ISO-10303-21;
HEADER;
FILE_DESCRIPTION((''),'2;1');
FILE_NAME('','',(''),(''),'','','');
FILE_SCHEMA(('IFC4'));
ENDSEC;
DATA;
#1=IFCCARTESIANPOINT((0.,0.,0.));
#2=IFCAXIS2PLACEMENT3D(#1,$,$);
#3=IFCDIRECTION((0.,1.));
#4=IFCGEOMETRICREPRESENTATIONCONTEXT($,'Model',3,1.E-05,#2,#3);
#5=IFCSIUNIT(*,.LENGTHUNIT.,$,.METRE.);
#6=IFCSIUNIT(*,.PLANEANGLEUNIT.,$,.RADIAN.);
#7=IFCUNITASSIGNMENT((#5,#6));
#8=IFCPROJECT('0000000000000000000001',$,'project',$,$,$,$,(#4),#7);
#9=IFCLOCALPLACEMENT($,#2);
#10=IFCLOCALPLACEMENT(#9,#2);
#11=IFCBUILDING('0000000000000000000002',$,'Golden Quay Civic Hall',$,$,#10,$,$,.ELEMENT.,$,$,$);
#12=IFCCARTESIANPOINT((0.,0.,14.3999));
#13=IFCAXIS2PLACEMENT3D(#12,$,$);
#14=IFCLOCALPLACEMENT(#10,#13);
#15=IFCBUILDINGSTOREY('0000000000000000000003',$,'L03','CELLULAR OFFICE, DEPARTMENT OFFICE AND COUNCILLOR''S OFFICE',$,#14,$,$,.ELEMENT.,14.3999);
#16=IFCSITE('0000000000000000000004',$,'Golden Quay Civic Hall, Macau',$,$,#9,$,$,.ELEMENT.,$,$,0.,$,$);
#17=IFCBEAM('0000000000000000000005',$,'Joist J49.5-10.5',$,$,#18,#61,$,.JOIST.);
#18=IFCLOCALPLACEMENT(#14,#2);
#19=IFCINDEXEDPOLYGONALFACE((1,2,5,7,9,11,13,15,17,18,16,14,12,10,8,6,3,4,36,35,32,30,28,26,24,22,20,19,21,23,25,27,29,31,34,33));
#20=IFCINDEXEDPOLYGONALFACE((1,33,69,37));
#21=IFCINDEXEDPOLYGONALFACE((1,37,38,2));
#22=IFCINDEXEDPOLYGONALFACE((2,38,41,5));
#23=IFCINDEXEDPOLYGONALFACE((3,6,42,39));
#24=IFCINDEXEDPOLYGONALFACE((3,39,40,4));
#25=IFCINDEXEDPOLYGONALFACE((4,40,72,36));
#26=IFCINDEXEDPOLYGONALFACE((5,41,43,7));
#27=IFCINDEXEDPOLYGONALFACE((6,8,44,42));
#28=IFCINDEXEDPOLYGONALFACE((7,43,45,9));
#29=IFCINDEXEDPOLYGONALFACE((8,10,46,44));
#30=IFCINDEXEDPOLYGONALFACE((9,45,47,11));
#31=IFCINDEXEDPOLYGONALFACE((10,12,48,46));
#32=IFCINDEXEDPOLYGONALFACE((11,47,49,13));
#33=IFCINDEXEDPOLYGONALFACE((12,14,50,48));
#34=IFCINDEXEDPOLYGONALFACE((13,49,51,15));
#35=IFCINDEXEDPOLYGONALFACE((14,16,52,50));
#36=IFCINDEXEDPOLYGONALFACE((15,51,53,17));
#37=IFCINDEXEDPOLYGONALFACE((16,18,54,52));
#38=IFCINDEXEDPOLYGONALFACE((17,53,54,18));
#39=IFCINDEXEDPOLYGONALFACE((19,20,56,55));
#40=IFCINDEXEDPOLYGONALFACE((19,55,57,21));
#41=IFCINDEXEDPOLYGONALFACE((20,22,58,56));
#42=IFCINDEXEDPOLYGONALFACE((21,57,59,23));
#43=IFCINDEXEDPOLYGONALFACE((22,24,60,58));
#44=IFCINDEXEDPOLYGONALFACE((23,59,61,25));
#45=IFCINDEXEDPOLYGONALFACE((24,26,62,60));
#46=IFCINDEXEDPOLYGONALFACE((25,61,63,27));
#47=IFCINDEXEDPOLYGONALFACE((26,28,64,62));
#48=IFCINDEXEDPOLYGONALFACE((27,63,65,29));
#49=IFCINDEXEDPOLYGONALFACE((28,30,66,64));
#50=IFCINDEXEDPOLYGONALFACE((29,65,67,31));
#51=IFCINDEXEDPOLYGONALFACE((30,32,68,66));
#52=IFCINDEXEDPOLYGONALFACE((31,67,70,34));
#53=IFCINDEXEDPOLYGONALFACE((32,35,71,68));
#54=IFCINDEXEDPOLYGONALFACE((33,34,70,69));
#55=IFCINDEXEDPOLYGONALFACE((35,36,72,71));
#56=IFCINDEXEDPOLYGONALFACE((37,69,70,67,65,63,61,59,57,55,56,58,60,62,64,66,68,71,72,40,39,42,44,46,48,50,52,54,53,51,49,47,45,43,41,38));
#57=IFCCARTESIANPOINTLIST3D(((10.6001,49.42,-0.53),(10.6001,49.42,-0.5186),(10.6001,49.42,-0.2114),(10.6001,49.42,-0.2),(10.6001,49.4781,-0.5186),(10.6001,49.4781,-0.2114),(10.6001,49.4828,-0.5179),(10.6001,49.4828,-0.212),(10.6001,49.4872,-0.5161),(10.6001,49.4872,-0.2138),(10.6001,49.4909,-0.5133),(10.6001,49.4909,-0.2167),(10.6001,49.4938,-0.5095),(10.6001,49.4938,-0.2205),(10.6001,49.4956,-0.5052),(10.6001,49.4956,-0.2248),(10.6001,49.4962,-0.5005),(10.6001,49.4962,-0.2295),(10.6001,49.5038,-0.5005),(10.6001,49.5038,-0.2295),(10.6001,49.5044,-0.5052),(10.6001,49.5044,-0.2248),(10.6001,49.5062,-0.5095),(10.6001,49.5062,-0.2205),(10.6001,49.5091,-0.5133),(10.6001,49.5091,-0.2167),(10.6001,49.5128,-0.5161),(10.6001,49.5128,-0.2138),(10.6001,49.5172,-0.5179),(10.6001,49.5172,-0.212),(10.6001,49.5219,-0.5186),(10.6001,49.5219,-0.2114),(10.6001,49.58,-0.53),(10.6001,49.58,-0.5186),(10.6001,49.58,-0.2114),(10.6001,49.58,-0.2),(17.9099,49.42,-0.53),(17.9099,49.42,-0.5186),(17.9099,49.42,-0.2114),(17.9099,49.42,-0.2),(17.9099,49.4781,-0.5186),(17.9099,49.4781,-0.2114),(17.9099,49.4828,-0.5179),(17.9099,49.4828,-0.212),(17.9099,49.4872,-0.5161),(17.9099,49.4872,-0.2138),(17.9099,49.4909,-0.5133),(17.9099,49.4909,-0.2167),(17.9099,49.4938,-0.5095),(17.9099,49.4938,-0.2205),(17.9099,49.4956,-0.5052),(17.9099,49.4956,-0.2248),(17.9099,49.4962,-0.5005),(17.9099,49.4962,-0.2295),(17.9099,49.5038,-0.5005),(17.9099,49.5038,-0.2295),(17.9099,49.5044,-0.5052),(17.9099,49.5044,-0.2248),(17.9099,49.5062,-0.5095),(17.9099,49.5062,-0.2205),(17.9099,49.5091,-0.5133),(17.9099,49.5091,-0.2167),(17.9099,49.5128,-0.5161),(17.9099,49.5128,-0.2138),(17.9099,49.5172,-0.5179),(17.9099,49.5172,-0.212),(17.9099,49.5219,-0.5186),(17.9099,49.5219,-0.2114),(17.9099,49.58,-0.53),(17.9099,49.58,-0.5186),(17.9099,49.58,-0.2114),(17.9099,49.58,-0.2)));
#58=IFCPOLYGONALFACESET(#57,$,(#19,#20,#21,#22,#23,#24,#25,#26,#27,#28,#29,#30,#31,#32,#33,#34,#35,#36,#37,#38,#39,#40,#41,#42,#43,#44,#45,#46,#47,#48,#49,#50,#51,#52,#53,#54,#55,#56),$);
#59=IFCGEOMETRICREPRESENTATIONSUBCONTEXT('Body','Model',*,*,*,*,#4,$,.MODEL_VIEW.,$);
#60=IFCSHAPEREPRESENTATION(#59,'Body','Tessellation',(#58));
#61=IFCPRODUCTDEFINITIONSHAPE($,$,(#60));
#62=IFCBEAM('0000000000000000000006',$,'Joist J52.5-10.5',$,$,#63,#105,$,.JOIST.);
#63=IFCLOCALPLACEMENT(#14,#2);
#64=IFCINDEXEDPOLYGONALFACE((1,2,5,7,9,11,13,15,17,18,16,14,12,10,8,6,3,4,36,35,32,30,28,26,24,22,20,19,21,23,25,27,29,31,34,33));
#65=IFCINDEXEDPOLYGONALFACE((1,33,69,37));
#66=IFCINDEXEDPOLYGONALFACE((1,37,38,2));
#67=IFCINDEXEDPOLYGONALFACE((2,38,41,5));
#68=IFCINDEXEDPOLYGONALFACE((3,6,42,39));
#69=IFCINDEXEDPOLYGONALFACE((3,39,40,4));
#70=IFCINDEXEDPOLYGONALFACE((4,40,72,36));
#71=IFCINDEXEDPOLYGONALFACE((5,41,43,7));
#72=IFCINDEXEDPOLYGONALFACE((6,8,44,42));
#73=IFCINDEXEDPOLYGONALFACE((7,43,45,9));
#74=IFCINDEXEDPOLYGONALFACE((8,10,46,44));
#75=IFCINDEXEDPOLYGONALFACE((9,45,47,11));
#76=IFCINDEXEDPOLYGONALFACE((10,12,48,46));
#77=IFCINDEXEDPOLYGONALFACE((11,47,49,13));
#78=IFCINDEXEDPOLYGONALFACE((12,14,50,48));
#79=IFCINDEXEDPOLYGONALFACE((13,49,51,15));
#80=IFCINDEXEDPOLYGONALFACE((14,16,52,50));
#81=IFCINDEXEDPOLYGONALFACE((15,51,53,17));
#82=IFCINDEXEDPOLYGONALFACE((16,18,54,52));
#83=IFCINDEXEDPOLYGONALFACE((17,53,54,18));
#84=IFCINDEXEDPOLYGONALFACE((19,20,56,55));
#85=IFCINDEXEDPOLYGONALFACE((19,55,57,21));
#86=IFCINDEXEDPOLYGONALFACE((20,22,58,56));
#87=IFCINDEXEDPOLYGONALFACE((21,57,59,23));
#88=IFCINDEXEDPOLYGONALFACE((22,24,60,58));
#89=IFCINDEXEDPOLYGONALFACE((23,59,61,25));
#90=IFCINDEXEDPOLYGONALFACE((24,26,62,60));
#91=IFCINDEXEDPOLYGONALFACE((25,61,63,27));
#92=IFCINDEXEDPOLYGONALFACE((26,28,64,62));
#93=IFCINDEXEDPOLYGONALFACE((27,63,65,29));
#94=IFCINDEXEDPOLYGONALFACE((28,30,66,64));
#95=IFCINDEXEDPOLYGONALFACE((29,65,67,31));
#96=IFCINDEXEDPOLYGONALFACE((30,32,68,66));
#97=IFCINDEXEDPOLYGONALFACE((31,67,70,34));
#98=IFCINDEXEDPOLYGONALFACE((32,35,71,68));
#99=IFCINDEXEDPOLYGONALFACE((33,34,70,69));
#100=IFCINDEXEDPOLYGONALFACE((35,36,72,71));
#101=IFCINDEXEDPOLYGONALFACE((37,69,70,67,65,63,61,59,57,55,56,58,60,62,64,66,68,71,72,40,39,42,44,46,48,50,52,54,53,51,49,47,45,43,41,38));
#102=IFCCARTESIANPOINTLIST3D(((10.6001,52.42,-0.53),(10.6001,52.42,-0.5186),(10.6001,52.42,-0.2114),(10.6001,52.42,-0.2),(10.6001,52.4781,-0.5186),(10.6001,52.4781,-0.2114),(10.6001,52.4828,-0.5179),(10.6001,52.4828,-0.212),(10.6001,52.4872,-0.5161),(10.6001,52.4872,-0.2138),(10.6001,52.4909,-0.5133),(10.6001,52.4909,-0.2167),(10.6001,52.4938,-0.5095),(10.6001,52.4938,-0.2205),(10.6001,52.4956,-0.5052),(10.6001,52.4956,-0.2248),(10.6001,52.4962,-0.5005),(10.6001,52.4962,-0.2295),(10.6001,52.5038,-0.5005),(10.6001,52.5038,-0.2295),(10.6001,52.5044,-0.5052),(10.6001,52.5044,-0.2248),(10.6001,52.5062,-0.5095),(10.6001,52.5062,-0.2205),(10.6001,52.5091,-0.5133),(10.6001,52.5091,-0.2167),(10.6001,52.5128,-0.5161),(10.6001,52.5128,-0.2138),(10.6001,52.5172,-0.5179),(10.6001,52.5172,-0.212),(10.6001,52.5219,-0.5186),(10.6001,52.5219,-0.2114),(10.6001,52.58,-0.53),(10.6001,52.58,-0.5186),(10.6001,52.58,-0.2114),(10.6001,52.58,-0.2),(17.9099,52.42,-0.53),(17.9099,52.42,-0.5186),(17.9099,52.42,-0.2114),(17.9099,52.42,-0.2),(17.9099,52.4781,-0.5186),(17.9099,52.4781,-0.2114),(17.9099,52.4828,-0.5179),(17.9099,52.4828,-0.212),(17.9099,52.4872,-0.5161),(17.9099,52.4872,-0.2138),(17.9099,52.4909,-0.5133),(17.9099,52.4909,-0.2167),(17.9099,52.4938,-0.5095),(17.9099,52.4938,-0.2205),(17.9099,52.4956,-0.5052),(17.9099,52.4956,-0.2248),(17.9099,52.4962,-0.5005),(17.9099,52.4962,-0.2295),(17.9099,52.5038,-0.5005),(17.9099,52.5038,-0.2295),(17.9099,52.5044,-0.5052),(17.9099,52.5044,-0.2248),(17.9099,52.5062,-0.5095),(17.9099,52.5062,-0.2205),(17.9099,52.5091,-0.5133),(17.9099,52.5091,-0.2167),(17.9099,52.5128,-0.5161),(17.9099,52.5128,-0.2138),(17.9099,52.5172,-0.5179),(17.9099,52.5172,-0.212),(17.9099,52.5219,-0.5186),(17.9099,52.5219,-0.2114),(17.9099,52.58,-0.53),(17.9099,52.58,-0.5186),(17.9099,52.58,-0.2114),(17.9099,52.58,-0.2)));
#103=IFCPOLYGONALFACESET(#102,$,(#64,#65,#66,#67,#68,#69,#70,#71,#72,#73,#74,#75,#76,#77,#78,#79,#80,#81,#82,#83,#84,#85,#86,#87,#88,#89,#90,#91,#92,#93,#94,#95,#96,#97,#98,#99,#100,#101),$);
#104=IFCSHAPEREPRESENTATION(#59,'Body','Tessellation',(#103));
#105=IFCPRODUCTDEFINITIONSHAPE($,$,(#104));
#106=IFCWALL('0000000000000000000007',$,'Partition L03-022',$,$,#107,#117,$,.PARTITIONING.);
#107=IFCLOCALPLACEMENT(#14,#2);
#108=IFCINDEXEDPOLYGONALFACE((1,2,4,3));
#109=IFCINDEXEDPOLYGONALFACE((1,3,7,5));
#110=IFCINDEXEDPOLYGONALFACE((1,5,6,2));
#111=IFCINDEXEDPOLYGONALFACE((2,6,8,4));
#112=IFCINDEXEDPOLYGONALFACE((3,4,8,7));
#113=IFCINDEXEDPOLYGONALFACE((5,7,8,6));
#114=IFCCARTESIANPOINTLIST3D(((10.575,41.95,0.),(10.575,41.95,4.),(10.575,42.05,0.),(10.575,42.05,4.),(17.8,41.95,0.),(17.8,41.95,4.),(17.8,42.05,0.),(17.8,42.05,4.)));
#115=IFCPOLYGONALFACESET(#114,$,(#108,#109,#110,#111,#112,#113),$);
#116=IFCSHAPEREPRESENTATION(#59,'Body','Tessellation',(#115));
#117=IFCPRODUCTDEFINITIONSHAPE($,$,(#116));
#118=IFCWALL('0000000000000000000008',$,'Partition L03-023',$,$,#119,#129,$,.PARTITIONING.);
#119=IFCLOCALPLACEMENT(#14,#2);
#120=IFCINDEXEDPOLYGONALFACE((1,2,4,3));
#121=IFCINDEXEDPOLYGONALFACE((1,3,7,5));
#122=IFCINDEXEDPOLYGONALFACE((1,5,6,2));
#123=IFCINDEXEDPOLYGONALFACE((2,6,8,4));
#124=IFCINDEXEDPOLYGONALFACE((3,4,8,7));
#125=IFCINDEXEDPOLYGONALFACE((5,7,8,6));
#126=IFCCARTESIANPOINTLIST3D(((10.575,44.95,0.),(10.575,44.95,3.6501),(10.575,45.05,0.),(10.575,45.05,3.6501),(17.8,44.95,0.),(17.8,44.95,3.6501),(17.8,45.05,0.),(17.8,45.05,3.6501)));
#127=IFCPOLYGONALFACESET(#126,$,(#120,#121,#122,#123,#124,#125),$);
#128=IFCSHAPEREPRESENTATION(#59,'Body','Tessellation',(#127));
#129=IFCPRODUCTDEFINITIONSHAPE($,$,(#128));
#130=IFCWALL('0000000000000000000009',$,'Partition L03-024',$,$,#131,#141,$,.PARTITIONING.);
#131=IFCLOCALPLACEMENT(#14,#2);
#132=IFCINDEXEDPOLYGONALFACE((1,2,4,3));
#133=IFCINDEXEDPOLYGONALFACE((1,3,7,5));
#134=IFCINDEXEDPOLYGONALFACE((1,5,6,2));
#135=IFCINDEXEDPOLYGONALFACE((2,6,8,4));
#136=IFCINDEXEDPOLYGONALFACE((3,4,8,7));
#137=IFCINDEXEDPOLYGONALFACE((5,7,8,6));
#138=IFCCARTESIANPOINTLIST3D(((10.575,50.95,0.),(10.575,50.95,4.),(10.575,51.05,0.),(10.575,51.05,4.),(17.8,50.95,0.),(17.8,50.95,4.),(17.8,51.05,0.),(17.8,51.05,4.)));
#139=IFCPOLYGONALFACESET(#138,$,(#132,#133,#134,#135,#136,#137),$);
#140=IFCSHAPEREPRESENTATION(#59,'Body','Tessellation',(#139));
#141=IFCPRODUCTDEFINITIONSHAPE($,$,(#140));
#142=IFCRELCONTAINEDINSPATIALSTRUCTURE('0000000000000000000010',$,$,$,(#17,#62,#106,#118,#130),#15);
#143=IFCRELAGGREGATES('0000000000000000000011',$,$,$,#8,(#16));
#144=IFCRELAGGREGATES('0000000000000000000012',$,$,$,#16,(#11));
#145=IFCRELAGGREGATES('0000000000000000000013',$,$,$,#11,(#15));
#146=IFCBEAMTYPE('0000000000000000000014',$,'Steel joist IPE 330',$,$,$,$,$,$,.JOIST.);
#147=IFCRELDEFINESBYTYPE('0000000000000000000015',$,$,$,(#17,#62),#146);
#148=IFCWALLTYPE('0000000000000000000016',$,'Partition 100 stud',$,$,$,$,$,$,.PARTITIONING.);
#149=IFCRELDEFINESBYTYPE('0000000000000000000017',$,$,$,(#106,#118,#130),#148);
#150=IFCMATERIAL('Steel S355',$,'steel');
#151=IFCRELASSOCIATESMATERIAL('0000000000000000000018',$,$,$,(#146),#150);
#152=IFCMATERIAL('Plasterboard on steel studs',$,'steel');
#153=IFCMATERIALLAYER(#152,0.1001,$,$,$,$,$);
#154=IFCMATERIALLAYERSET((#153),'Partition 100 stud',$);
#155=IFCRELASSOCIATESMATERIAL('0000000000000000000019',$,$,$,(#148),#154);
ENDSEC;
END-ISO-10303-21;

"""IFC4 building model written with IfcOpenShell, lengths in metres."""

from ifc_helpers import new_model, si_unit, direction, frame, frame_2d, origin, origin_2d, place, context, subcontext, project, spatial, rectangle, i_section, extrude, material, layer, layer_set, material_profile, profile_set, type_object, element, save


model = new_model("IFC4")

# Units and contexts
model_context = context("Model", 3, precision=1e-05, world=origin(), true_north=direction((0.0, 1.0)))
body_context = subcontext(model_context, "Body", "Model", "MODEL_VIEW")
ifc_project = project(units=[si_unit("LENGTHUNIT", "METRE"), si_unit("PLANEANGLEUNIT", "RADIAN")], contexts=[model_context])

# Site, building, storey
site_placement = place(None, origin())
site = spatial("IfcSite", under=ifc_project, at=site_placement, Name="Golden Quay Civic Hall, Macau", CompositionType="ELEMENT", RefElevation=0.0)
building_placement = place(site_placement, origin())
building = spatial("IfcBuilding", under=site, at=building_placement, Name="Golden Quay Civic Hall", CompositionType="ELEMENT")
storey_placement = place(building_placement, frame((0.0, 0.0, 14.3999)))
storey = spatial("IfcBuildingStorey", under=building, at=storey_placement, Name="L03", Description="CELLULAR OFFICE, DEPARTMENT OFFICE AND COUNCILLOR'S OFFICE", CompositionType="ELEMENT", Elevation=14.3999)

# Beams
ifc_material_1 = material(Name="Steel S355", Category="steel")
ifc_material_profile_1 = material_profile(ifc_material_1, i_section(OverallWidth=0.1599, OverallDepth=0.3301, WebThickness=0.0076, FlangeThickness=0.0115, FilletRadius=0.0181, at=origin_2d()), Name="IPE 330")
ifc_profile_set_1 = profile_set([ifc_material_profile_1], Name="Steel S355")
beam_type_1 = type_object("IfcBeamType", Name="Steel joist IPE 330", PredefinedType="JOIST", material=ifc_profile_set_1)
for number, where, z_axis, x_axis, name in (
    (1, (10.6001, 49.5, -0.365), (1.0, 0.0, 0.0), (0.0, 1.0, 0.0), "Joist J49.5-10.5"),
    (2, (10.6001, 52.5, -0.365), (1.0, 0.0, 0.0), (0.0, 1.0, 0.0), "Joist J52.5-10.5"),
):
    element("IfcBeam", number, at=place(storey_placement, frame(where, z_axis=z_axis, x_axis=x_axis)), inside=storey, type_object=beam_type_1, Name=name, PredefinedType="JOIST", context=body_context, shape_type="SweptSolid", body=[
        extrude(i_section(OverallWidth=0.1599, OverallDepth=0.3301, WebThickness=0.0076, FlangeThickness=0.0115, FilletRadius=0.0181, at=origin_2d()), origin(), (0.0, 0.0, 1.0), 7.3098),
    ])

# Walls
ifc_material_2 = material(Name="Plasterboard on steel studs", Category="steel")
ifc_layer_1 = layer(ifc_material_2, 0.1001)
ifc_layer_set_1 = layer_set([ifc_layer_1], Name="Partition 100 stud")
wall_type_1 = type_object("IfcWallType", Name="Partition 100 stud", PredefinedType="PARTITIONING", material=ifc_layer_set_1)
wall_1_placement = place(storey_placement, frame((10.575, 42.0, 0.0), z_axis=(0.0, 0.0, 1.0), x_axis=(1.0, 0.0, 0.0)))
element("IfcWall", 3, at=wall_1_placement, inside=storey, type_object=wall_type_1, Name="Partition L03-022", PredefinedType="PARTITIONING", context=body_context, shape_type="SweptSolid", body=[
    extrude(rectangle(XDim=7.2251, YDim=0.1001, at=frame_2d((3.6125, 0.0))), origin(), (0.0, 0.0, 1.0), 4.0),
])
wall_2_placement = place(storey_placement, frame((10.575, 45.0, 0.0), z_axis=(0.0, 0.0, 1.0), x_axis=(1.0, 0.0, 0.0)))
element("IfcWall", 4, at=wall_2_placement, inside=storey, type_object=wall_type_1, Name="Partition L03-023", PredefinedType="PARTITIONING", context=body_context, shape_type="SweptSolid", body=[
    extrude(rectangle(XDim=7.2251, YDim=0.1001, at=frame_2d((3.6125, 0.0))), origin(), (0.0, 0.0, 1.0), 3.6501),
])
wall_3_placement = place(storey_placement, frame((10.575, 51.0, 0.0), z_axis=(0.0, 0.0, 1.0), x_axis=(1.0, 0.0, 0.0)))
element("IfcWall", 5, at=wall_3_placement, inside=storey, type_object=wall_type_1, Name="Partition L03-024", PredefinedType="PARTITIONING", context=body_context, shape_type="SweptSolid", body=[
    extrude(rectangle(XDim=7.2251, YDim=0.1001, at=frame_2d((3.6125, 0.0))), origin(), (0.0, 0.0, 1.0), 4.0),
])

save(model, "model.ifc")
